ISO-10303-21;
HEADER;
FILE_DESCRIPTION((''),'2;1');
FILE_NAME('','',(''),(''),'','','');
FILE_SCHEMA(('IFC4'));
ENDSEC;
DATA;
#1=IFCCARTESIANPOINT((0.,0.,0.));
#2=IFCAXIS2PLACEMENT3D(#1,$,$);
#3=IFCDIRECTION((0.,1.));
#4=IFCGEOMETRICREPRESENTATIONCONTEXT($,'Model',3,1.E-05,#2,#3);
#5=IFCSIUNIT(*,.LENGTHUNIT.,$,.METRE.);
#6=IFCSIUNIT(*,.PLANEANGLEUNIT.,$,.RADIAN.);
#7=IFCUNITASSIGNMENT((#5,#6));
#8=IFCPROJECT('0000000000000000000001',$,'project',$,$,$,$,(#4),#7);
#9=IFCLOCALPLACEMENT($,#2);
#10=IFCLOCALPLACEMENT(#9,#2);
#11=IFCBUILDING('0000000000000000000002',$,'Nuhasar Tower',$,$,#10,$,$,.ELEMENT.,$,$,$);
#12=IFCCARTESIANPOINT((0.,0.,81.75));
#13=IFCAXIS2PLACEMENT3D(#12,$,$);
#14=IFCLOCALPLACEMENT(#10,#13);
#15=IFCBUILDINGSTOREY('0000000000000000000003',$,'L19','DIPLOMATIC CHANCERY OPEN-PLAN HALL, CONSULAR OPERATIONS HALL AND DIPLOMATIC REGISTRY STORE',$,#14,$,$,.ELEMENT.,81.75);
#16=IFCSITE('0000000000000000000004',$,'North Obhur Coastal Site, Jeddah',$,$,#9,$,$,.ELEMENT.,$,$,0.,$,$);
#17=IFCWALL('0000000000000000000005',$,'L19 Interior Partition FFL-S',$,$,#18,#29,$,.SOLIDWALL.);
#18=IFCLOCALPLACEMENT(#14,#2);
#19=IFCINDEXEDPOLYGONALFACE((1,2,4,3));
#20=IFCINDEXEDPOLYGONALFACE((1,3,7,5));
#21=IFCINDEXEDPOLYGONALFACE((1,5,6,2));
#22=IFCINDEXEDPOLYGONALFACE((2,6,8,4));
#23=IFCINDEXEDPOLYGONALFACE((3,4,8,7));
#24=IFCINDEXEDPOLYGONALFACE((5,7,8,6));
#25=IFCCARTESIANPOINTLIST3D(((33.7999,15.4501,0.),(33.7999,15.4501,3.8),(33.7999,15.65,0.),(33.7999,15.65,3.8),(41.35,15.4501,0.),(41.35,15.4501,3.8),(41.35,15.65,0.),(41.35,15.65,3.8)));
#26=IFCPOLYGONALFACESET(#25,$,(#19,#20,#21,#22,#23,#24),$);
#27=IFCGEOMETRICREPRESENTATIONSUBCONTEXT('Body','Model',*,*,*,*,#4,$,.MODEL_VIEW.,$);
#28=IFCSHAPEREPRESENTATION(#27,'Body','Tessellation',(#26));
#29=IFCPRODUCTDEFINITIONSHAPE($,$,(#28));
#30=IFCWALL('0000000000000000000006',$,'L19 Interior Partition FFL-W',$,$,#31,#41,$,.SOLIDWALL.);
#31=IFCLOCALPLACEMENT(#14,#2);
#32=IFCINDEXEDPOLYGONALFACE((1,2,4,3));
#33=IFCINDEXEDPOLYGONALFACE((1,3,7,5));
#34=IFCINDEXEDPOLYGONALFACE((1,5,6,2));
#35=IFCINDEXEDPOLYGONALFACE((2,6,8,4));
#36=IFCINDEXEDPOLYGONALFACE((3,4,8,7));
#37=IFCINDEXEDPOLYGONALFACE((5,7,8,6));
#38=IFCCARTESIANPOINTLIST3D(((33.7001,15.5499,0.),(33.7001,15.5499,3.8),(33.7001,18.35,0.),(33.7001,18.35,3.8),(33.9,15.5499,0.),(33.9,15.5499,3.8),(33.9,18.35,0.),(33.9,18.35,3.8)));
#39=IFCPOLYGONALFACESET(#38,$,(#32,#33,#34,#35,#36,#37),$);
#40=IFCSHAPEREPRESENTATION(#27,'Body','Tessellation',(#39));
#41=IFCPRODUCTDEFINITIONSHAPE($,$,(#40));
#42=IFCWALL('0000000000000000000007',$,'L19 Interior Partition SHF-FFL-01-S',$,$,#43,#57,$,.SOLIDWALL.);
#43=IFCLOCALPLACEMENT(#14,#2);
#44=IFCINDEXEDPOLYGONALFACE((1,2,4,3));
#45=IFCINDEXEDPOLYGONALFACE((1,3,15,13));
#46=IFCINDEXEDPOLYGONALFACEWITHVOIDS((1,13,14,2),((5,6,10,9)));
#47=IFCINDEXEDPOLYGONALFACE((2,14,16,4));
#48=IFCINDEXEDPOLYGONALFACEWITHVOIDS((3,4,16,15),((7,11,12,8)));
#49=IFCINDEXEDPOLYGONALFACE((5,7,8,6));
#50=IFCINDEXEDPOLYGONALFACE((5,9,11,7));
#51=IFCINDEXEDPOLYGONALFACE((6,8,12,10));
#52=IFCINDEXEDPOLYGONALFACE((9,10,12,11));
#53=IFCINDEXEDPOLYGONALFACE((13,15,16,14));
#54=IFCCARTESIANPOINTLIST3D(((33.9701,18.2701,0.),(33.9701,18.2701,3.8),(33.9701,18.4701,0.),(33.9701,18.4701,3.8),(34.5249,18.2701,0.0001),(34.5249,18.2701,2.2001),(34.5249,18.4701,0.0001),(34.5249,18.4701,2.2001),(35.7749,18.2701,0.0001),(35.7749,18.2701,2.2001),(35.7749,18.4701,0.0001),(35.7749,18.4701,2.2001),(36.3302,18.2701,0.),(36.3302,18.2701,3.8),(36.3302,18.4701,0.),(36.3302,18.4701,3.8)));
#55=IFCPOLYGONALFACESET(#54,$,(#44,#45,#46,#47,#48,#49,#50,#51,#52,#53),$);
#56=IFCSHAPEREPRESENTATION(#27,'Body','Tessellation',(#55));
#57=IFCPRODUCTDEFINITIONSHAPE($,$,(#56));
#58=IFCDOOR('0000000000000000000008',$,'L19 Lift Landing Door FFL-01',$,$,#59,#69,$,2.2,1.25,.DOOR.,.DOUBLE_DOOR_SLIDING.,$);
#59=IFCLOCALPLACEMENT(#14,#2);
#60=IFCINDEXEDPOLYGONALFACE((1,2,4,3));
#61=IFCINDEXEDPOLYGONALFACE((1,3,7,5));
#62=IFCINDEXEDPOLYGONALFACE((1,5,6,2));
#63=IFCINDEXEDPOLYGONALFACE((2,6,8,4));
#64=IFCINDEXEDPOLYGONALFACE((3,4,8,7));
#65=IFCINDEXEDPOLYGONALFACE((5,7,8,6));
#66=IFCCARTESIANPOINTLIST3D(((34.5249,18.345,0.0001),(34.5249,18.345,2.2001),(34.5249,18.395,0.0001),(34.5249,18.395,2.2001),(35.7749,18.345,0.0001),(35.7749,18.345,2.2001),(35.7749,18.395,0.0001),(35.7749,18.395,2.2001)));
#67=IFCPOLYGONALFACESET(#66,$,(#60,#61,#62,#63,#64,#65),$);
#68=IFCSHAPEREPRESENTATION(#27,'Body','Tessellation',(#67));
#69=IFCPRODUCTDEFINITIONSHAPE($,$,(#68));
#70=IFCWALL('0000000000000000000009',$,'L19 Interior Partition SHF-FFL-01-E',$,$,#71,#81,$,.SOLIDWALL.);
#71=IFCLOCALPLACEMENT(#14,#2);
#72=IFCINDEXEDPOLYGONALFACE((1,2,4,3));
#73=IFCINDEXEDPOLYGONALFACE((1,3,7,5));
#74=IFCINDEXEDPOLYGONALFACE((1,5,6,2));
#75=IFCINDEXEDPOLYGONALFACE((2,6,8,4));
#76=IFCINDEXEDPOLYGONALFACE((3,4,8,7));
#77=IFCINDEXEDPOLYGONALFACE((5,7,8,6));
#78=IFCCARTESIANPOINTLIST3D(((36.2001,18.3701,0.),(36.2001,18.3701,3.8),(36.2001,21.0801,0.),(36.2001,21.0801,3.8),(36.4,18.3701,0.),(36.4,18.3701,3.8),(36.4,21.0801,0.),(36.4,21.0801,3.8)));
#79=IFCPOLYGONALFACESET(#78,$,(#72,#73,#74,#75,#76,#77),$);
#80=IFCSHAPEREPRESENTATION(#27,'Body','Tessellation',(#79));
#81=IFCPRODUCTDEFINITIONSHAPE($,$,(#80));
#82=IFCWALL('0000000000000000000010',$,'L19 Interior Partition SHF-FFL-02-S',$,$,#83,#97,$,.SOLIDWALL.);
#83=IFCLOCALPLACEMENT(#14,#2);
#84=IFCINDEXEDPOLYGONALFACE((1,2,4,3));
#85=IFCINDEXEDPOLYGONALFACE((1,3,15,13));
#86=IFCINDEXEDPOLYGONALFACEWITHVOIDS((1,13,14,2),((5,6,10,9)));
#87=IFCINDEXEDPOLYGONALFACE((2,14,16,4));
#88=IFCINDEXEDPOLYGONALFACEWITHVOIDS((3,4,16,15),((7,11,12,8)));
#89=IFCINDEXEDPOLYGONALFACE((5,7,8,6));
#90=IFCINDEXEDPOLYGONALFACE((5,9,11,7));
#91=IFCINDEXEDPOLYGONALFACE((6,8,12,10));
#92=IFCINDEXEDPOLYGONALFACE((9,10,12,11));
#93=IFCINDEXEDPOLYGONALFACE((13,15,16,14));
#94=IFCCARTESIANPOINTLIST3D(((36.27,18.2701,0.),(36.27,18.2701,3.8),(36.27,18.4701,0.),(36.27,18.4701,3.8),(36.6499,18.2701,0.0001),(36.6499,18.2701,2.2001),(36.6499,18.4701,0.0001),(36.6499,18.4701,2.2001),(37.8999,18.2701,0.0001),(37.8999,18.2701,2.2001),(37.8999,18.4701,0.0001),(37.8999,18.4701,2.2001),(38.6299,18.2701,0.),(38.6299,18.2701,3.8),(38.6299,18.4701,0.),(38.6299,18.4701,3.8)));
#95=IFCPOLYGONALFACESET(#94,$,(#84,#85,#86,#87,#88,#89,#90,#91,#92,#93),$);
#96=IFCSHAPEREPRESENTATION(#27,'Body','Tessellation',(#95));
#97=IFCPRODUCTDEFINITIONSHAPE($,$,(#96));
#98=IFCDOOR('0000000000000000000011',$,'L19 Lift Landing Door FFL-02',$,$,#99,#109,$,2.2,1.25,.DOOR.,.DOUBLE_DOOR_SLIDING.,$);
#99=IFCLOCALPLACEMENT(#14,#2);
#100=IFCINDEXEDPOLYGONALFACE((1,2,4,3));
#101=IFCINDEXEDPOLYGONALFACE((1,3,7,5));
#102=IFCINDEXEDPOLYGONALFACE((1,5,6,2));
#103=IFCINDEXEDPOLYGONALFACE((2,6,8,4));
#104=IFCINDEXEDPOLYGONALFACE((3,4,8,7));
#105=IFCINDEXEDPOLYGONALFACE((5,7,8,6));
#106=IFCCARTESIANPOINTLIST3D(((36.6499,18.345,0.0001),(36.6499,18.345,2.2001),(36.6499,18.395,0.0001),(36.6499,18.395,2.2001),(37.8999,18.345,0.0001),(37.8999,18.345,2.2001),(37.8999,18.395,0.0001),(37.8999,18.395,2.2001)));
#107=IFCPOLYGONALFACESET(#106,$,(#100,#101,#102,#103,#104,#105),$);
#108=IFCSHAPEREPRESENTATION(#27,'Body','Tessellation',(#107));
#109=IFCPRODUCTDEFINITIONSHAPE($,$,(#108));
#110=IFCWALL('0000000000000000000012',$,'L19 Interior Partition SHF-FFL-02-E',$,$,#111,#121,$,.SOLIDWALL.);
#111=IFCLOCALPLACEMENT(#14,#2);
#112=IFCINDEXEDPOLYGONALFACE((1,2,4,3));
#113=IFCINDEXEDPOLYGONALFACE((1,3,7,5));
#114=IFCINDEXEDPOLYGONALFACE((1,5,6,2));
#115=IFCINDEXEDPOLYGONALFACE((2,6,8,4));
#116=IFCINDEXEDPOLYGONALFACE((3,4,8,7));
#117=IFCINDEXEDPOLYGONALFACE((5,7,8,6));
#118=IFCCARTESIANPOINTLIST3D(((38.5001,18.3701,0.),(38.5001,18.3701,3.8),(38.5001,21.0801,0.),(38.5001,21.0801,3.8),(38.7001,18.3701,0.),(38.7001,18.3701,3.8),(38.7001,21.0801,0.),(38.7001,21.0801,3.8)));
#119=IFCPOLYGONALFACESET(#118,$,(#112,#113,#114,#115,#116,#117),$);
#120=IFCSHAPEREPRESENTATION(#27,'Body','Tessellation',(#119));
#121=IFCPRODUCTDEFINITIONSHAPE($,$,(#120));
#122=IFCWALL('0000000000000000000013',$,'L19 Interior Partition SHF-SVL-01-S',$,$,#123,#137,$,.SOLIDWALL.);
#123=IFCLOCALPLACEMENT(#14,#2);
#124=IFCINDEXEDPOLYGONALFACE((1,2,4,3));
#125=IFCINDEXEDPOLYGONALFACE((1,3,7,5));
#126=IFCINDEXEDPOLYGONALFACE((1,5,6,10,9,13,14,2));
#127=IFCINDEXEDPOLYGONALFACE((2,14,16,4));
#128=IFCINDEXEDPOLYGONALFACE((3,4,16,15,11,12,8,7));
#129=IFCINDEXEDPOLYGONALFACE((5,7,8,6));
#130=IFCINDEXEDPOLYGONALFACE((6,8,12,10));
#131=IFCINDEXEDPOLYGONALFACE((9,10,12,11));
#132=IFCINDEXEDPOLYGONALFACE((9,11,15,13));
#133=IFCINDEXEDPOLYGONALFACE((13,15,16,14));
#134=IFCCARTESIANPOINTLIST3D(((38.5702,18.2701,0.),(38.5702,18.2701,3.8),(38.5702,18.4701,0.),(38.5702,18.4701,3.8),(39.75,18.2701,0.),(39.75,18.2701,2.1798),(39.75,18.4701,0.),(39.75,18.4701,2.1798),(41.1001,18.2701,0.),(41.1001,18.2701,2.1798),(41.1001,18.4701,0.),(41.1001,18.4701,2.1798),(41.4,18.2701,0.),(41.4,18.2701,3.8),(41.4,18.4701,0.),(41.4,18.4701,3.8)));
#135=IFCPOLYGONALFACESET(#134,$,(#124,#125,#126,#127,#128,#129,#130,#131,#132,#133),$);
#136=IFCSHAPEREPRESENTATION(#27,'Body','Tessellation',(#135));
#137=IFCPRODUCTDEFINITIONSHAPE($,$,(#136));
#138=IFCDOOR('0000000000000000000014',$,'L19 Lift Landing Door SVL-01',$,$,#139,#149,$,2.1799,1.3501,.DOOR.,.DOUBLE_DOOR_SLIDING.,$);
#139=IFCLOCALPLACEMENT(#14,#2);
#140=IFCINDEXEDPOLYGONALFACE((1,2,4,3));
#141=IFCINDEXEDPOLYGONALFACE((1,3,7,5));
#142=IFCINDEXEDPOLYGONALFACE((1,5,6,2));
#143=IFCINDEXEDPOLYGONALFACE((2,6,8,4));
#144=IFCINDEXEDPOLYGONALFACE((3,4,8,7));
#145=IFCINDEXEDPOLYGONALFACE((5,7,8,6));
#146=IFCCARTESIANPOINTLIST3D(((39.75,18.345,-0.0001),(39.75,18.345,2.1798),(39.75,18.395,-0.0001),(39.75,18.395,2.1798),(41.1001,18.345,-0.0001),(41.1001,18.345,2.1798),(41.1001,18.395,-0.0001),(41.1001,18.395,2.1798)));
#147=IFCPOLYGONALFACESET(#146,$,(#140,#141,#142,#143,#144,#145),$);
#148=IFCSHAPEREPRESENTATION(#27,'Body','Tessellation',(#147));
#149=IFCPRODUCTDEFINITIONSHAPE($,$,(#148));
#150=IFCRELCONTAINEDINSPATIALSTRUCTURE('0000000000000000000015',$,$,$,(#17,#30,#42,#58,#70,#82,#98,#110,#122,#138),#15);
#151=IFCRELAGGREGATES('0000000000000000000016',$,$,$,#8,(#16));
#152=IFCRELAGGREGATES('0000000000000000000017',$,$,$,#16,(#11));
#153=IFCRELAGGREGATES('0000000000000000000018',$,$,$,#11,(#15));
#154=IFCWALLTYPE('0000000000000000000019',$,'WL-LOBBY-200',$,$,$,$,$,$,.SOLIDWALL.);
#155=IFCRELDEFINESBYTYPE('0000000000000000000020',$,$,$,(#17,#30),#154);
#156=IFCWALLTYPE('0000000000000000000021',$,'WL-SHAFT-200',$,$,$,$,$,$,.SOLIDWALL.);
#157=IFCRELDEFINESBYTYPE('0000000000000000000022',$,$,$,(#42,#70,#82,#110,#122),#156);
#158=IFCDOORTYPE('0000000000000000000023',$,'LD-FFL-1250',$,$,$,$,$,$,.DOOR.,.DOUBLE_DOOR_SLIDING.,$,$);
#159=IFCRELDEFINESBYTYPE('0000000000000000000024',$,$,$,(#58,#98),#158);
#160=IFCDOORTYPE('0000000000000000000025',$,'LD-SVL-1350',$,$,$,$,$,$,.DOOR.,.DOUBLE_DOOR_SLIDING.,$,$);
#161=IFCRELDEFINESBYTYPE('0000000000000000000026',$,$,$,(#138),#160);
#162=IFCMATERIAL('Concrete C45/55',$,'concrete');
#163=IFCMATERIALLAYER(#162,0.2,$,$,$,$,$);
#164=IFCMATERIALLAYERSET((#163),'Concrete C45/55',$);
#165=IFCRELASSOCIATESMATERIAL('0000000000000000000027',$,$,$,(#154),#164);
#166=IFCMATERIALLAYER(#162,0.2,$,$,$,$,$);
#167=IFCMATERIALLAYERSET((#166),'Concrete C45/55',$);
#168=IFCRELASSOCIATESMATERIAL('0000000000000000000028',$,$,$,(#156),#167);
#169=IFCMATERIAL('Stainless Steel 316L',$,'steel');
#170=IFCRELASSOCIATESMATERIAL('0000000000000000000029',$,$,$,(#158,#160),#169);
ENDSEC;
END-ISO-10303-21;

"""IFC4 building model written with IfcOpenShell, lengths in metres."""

from ifc_helpers import new_model, si_unit, direction, frame, frame_2d, origin, place, context, subcontext, project, spatial, rectangle, extrude, material, layer, layer_set, type_object, element, fill, save


model = new_model("IFC4")

# Units and contexts
model_context = context("Model", 3, precision=1e-05, world=origin(), true_north=direction((0.0, 1.0)))
body_context = subcontext(model_context, "Body", "Model", "MODEL_VIEW")
ifc_project = project(units=[si_unit("LENGTHUNIT", "METRE"), si_unit("PLANEANGLEUNIT", "RADIAN")], contexts=[model_context])

# Site, building, storey
site_placement = place(None, origin())
site = spatial("IfcSite", under=ifc_project, at=site_placement, Name="North Obhur Coastal Site, Jeddah", CompositionType="ELEMENT", RefElevation=0.0)
building_placement = place(site_placement, origin())
building = spatial("IfcBuilding", under=site, at=building_placement, Name="Nuhasar Tower", CompositionType="ELEMENT")
storey_placement = place(building_placement, frame((0.0, 0.0, 81.75)))
storey = spatial("IfcBuildingStorey", under=building, at=storey_placement, Name="L19", Description="DIPLOMATIC CHANCERY OPEN-PLAN HALL, CONSULAR OPERATIONS HALL AND DIPLOMATIC REGISTRY STORE", CompositionType="ELEMENT", Elevation=81.75)

# Walls
ifc_material_1 = material(Name="Concrete C45/55", Category="concrete")
ifc_layer_1 = layer(ifc_material_1, 0.2)
ifc_layer_set_1 = layer_set([ifc_layer_1], Name="Concrete C45/55")
wall_type_1 = type_object("IfcWallType", Name="WL-LOBBY-200", PredefinedType="SOLIDWALL", material=ifc_layer_set_1)
wall_1_placement = place(storey_placement, frame((33.8, 15.55, 0.0), z_axis=(0.0, 0.0, 1.0), x_axis=(1.0, 0.0, 0.0)))
element("IfcWall", 1, at=wall_1_placement, inside=storey, type_object=wall_type_1, Name="L19 Interior Partition FFL-S", PredefinedType="SOLIDWALL", context=body_context, shape_type="SweptSolid", body=[
    extrude(rectangle(XDim=7.55, YDim=0.2, at=frame_2d((3.7749, 0.0))), origin(), (0.0, 0.0, 1.0), 3.8),
])
wall_2_placement = place(storey_placement, frame((33.8, 15.55, 0.0), z_axis=(0.0, 0.0, 1.0), x_axis=(0.0, 1.0, 0.0)))
element("IfcWall", 2, at=wall_2_placement, inside=storey, type_object=wall_type_1, Name="L19 Interior Partition FFL-W", PredefinedType="SOLIDWALL", context=body_context, shape_type="SweptSolid", body=[
    extrude(rectangle(XDim=2.8, YDim=0.2, at=frame_2d((1.3999, 0.0))), origin(), (0.0, 0.0, 1.0), 3.8),
])

# Wall, opening, door
ifc_layer_2 = layer(ifc_material_1, 0.2)
ifc_layer_set_2 = layer_set([ifc_layer_2], Name="Concrete C45/55")
wall_type_2 = type_object("IfcWallType", Name="WL-SHAFT-200", PredefinedType="SOLIDWALL", material=ifc_layer_set_2)
wall_3_placement = place(storey_placement, frame((33.97, 18.3701, 0.0), z_axis=(0.0, 0.0, 1.0), x_axis=(1.0, 0.0, 0.0)))
wall_3 = element("IfcWall", 3, at=wall_3_placement, inside=storey, type_object=wall_type_2, Name="L19 Interior Partition SHF-FFL-01-S", PredefinedType="SOLIDWALL", context=body_context, shape_type="SweptSolid", body=[
    extrude(rectangle(XDim=2.3601, YDim=0.2, at=frame_2d((1.1802, 0.0))), origin(), (0.0, 0.0, 1.0), 3.8),
])
opening_1_placement = place(wall_3_placement, frame((0.5549, 0.0, 0.0)))
opening_1 = element("IfcOpeningElement", 4, at=opening_1_placement, cuts=wall_3, PredefinedType="OPENING", context=body_context, shape_type="SweptSolid", body=[
    extrude(rectangle(XDim=1.25, YDim=2.2, at=frame_2d((0.625, 1.1001))), frame((0.0, 0.1099, 0.0), z_axis=(0.0, -1.0, 0.0), x_axis=(1.0, 0.0, 0.0)), (0.0, 0.0, 1.0), 0.22),
])
ifc_material_2 = material(Name="Stainless Steel 316L", Category="steel")
door_type_1 = type_object("IfcDoorType", Name="LD-FFL-1250", OperationType="DOUBLE_DOOR_SLIDING", PredefinedType="DOOR", material=ifc_material_2)
door_1_placement = place(opening_1_placement, origin())
door_1 = element("IfcDoor", 5, at=door_1_placement, inside=storey, type_object=door_type_1, Name="L19 Lift Landing Door FFL-01", OperationType="DOUBLE_DOOR_SLIDING", OverallHeight=2.2, OverallWidth=1.25, PredefinedType="DOOR", context=body_context, shape_type="SweptSolid", body=[
    extrude(rectangle(XDim=1.25, YDim=2.2, at=frame_2d((0.625, 1.1001))), frame((0.0, 0.0249, 0.0), z_axis=(0.0, -1.0, 0.0), x_axis=(1.0, 0.0, 0.0)), (0.0, 0.0, 1.0), 0.05),
])
fill(opening_1, door_1)

# Wall
wall_4_placement = place(storey_placement, frame((36.3, 18.3701, 0.0), z_axis=(0.0, 0.0, 1.0), x_axis=(0.0, 1.0, 0.0)))
element("IfcWall", 6, at=wall_4_placement, inside=storey, type_object=wall_type_2, Name="L19 Interior Partition SHF-FFL-01-E", PredefinedType="SOLIDWALL", context=body_context, shape_type="SweptSolid", body=[
    extrude(rectangle(XDim=2.71, YDim=0.2, at=frame_2d((1.355, 0.0))), origin(), (0.0, 0.0, 1.0), 3.8),
])

# Wall, opening, door
wall_5_placement = place(storey_placement, frame((36.27, 18.3701, 0.0), z_axis=(0.0, 0.0, 1.0), x_axis=(1.0, 0.0, 0.0)))
wall_5 = element("IfcWall", 7, at=wall_5_placement, inside=storey, type_object=wall_type_2, Name="L19 Interior Partition SHF-FFL-02-S", PredefinedType="SOLIDWALL", context=body_context, shape_type="SweptSolid", body=[
    extrude(rectangle(XDim=2.3599, YDim=0.2, at=frame_2d((1.1799, 0.0))), origin(), (0.0, 0.0, 1.0), 3.8),
])
opening_2_placement = place(wall_5_placement, frame((0.3799, 0.0, 0.0)))
opening_2 = element("IfcOpeningElement", 8, at=opening_2_placement, cuts=wall_5, PredefinedType="OPENING", context=body_context, shape_type="SweptSolid", body=[
    extrude(rectangle(XDim=1.25, YDim=2.2, at=frame_2d((0.625, 1.1001))), frame((0.0, 0.1099, 0.0), z_axis=(0.0, -1.0, 0.0), x_axis=(1.0, 0.0, 0.0)), (0.0, 0.0, 1.0), 0.22),
])
door_2_placement = place(opening_2_placement, origin())
door_2 = element("IfcDoor", 9, at=door_2_placement, inside=storey, type_object=door_type_1, Name="L19 Lift Landing Door FFL-02", OperationType="DOUBLE_DOOR_SLIDING", OverallHeight=2.2, OverallWidth=1.25, PredefinedType="DOOR", context=body_context, shape_type="SweptSolid", body=[
    extrude(rectangle(XDim=1.25, YDim=2.2, at=frame_2d((0.625, 1.1001))), frame((0.0, 0.0249, 0.0), z_axis=(0.0, -1.0, 0.0), x_axis=(1.0, 0.0, 0.0)), (0.0, 0.0, 1.0), 0.05),
])
fill(opening_2, door_2)

# Wall
wall_6_placement = place(storey_placement, frame((38.6001, 18.3701, 0.0), z_axis=(0.0, 0.0, 1.0), x_axis=(0.0, 1.0, 0.0)))
element("IfcWall", 10, at=wall_6_placement, inside=storey, type_object=wall_type_2, Name="L19 Interior Partition SHF-FFL-02-E", PredefinedType="SOLIDWALL", context=body_context, shape_type="SweptSolid", body=[
    extrude(rectangle(XDim=2.71, YDim=0.2, at=frame_2d((1.355, 0.0))), origin(), (0.0, 0.0, 1.0), 3.8),
])

# Wall, opening, door
wall_7_placement = place(storey_placement, frame((38.5701, 18.3701, 0.0), z_axis=(0.0, 0.0, 1.0), x_axis=(1.0, 0.0, 0.0)))
wall_7 = element("IfcWall", 11, at=wall_7_placement, inside=storey, type_object=wall_type_2, Name="L19 Interior Partition SHF-SVL-01-S", PredefinedType="SOLIDWALL", context=body_context, shape_type="SweptSolid", body=[
    extrude(rectangle(XDim=2.8298, YDim=0.2, at=frame_2d((1.415, 0.0))), origin(), (0.0, 0.0, 1.0), 3.8),
])
opening_3_placement = place(wall_7_placement, frame((1.1799, 0.0, 0.0)))
opening_3 = element("IfcOpeningElement", 12, at=opening_3_placement, cuts=wall_7, PredefinedType="OPENING", context=body_context, shape_type="SweptSolid", body=[
    extrude(rectangle(XDim=1.3501, YDim=2.1799, at=frame_2d((0.675, 1.0898))), frame((0.0, 0.1099, 0.0), z_axis=(0.0, -1.0, 0.0), x_axis=(1.0, 0.0, 0.0)), (0.0, 0.0, 1.0), 0.22),
])
door_type_2 = type_object("IfcDoorType", Name="LD-SVL-1350", OperationType="DOUBLE_DOOR_SLIDING", PredefinedType="DOOR", material=ifc_material_2)
door_3_placement = place(opening_3_placement, origin())
door_3 = element("IfcDoor", 13, at=door_3_placement, inside=storey, type_object=door_type_2, Name="L19 Lift Landing Door SVL-01", OperationType="DOUBLE_DOOR_SLIDING", OverallHeight=2.1799, OverallWidth=1.3501, PredefinedType="DOOR", context=body_context, shape_type="SweptSolid", body=[
    extrude(rectangle(XDim=1.3501, YDim=2.1799, at=frame_2d((0.675, 1.0898))), frame((0.0, 0.0249, 0.0), z_axis=(0.0, -1.0, 0.0), x_axis=(1.0, 0.0, 0.0)), (0.0, 0.0, 1.0), 0.05),
])
fill(opening_3, door_3)

save(model, "model.ifc")
